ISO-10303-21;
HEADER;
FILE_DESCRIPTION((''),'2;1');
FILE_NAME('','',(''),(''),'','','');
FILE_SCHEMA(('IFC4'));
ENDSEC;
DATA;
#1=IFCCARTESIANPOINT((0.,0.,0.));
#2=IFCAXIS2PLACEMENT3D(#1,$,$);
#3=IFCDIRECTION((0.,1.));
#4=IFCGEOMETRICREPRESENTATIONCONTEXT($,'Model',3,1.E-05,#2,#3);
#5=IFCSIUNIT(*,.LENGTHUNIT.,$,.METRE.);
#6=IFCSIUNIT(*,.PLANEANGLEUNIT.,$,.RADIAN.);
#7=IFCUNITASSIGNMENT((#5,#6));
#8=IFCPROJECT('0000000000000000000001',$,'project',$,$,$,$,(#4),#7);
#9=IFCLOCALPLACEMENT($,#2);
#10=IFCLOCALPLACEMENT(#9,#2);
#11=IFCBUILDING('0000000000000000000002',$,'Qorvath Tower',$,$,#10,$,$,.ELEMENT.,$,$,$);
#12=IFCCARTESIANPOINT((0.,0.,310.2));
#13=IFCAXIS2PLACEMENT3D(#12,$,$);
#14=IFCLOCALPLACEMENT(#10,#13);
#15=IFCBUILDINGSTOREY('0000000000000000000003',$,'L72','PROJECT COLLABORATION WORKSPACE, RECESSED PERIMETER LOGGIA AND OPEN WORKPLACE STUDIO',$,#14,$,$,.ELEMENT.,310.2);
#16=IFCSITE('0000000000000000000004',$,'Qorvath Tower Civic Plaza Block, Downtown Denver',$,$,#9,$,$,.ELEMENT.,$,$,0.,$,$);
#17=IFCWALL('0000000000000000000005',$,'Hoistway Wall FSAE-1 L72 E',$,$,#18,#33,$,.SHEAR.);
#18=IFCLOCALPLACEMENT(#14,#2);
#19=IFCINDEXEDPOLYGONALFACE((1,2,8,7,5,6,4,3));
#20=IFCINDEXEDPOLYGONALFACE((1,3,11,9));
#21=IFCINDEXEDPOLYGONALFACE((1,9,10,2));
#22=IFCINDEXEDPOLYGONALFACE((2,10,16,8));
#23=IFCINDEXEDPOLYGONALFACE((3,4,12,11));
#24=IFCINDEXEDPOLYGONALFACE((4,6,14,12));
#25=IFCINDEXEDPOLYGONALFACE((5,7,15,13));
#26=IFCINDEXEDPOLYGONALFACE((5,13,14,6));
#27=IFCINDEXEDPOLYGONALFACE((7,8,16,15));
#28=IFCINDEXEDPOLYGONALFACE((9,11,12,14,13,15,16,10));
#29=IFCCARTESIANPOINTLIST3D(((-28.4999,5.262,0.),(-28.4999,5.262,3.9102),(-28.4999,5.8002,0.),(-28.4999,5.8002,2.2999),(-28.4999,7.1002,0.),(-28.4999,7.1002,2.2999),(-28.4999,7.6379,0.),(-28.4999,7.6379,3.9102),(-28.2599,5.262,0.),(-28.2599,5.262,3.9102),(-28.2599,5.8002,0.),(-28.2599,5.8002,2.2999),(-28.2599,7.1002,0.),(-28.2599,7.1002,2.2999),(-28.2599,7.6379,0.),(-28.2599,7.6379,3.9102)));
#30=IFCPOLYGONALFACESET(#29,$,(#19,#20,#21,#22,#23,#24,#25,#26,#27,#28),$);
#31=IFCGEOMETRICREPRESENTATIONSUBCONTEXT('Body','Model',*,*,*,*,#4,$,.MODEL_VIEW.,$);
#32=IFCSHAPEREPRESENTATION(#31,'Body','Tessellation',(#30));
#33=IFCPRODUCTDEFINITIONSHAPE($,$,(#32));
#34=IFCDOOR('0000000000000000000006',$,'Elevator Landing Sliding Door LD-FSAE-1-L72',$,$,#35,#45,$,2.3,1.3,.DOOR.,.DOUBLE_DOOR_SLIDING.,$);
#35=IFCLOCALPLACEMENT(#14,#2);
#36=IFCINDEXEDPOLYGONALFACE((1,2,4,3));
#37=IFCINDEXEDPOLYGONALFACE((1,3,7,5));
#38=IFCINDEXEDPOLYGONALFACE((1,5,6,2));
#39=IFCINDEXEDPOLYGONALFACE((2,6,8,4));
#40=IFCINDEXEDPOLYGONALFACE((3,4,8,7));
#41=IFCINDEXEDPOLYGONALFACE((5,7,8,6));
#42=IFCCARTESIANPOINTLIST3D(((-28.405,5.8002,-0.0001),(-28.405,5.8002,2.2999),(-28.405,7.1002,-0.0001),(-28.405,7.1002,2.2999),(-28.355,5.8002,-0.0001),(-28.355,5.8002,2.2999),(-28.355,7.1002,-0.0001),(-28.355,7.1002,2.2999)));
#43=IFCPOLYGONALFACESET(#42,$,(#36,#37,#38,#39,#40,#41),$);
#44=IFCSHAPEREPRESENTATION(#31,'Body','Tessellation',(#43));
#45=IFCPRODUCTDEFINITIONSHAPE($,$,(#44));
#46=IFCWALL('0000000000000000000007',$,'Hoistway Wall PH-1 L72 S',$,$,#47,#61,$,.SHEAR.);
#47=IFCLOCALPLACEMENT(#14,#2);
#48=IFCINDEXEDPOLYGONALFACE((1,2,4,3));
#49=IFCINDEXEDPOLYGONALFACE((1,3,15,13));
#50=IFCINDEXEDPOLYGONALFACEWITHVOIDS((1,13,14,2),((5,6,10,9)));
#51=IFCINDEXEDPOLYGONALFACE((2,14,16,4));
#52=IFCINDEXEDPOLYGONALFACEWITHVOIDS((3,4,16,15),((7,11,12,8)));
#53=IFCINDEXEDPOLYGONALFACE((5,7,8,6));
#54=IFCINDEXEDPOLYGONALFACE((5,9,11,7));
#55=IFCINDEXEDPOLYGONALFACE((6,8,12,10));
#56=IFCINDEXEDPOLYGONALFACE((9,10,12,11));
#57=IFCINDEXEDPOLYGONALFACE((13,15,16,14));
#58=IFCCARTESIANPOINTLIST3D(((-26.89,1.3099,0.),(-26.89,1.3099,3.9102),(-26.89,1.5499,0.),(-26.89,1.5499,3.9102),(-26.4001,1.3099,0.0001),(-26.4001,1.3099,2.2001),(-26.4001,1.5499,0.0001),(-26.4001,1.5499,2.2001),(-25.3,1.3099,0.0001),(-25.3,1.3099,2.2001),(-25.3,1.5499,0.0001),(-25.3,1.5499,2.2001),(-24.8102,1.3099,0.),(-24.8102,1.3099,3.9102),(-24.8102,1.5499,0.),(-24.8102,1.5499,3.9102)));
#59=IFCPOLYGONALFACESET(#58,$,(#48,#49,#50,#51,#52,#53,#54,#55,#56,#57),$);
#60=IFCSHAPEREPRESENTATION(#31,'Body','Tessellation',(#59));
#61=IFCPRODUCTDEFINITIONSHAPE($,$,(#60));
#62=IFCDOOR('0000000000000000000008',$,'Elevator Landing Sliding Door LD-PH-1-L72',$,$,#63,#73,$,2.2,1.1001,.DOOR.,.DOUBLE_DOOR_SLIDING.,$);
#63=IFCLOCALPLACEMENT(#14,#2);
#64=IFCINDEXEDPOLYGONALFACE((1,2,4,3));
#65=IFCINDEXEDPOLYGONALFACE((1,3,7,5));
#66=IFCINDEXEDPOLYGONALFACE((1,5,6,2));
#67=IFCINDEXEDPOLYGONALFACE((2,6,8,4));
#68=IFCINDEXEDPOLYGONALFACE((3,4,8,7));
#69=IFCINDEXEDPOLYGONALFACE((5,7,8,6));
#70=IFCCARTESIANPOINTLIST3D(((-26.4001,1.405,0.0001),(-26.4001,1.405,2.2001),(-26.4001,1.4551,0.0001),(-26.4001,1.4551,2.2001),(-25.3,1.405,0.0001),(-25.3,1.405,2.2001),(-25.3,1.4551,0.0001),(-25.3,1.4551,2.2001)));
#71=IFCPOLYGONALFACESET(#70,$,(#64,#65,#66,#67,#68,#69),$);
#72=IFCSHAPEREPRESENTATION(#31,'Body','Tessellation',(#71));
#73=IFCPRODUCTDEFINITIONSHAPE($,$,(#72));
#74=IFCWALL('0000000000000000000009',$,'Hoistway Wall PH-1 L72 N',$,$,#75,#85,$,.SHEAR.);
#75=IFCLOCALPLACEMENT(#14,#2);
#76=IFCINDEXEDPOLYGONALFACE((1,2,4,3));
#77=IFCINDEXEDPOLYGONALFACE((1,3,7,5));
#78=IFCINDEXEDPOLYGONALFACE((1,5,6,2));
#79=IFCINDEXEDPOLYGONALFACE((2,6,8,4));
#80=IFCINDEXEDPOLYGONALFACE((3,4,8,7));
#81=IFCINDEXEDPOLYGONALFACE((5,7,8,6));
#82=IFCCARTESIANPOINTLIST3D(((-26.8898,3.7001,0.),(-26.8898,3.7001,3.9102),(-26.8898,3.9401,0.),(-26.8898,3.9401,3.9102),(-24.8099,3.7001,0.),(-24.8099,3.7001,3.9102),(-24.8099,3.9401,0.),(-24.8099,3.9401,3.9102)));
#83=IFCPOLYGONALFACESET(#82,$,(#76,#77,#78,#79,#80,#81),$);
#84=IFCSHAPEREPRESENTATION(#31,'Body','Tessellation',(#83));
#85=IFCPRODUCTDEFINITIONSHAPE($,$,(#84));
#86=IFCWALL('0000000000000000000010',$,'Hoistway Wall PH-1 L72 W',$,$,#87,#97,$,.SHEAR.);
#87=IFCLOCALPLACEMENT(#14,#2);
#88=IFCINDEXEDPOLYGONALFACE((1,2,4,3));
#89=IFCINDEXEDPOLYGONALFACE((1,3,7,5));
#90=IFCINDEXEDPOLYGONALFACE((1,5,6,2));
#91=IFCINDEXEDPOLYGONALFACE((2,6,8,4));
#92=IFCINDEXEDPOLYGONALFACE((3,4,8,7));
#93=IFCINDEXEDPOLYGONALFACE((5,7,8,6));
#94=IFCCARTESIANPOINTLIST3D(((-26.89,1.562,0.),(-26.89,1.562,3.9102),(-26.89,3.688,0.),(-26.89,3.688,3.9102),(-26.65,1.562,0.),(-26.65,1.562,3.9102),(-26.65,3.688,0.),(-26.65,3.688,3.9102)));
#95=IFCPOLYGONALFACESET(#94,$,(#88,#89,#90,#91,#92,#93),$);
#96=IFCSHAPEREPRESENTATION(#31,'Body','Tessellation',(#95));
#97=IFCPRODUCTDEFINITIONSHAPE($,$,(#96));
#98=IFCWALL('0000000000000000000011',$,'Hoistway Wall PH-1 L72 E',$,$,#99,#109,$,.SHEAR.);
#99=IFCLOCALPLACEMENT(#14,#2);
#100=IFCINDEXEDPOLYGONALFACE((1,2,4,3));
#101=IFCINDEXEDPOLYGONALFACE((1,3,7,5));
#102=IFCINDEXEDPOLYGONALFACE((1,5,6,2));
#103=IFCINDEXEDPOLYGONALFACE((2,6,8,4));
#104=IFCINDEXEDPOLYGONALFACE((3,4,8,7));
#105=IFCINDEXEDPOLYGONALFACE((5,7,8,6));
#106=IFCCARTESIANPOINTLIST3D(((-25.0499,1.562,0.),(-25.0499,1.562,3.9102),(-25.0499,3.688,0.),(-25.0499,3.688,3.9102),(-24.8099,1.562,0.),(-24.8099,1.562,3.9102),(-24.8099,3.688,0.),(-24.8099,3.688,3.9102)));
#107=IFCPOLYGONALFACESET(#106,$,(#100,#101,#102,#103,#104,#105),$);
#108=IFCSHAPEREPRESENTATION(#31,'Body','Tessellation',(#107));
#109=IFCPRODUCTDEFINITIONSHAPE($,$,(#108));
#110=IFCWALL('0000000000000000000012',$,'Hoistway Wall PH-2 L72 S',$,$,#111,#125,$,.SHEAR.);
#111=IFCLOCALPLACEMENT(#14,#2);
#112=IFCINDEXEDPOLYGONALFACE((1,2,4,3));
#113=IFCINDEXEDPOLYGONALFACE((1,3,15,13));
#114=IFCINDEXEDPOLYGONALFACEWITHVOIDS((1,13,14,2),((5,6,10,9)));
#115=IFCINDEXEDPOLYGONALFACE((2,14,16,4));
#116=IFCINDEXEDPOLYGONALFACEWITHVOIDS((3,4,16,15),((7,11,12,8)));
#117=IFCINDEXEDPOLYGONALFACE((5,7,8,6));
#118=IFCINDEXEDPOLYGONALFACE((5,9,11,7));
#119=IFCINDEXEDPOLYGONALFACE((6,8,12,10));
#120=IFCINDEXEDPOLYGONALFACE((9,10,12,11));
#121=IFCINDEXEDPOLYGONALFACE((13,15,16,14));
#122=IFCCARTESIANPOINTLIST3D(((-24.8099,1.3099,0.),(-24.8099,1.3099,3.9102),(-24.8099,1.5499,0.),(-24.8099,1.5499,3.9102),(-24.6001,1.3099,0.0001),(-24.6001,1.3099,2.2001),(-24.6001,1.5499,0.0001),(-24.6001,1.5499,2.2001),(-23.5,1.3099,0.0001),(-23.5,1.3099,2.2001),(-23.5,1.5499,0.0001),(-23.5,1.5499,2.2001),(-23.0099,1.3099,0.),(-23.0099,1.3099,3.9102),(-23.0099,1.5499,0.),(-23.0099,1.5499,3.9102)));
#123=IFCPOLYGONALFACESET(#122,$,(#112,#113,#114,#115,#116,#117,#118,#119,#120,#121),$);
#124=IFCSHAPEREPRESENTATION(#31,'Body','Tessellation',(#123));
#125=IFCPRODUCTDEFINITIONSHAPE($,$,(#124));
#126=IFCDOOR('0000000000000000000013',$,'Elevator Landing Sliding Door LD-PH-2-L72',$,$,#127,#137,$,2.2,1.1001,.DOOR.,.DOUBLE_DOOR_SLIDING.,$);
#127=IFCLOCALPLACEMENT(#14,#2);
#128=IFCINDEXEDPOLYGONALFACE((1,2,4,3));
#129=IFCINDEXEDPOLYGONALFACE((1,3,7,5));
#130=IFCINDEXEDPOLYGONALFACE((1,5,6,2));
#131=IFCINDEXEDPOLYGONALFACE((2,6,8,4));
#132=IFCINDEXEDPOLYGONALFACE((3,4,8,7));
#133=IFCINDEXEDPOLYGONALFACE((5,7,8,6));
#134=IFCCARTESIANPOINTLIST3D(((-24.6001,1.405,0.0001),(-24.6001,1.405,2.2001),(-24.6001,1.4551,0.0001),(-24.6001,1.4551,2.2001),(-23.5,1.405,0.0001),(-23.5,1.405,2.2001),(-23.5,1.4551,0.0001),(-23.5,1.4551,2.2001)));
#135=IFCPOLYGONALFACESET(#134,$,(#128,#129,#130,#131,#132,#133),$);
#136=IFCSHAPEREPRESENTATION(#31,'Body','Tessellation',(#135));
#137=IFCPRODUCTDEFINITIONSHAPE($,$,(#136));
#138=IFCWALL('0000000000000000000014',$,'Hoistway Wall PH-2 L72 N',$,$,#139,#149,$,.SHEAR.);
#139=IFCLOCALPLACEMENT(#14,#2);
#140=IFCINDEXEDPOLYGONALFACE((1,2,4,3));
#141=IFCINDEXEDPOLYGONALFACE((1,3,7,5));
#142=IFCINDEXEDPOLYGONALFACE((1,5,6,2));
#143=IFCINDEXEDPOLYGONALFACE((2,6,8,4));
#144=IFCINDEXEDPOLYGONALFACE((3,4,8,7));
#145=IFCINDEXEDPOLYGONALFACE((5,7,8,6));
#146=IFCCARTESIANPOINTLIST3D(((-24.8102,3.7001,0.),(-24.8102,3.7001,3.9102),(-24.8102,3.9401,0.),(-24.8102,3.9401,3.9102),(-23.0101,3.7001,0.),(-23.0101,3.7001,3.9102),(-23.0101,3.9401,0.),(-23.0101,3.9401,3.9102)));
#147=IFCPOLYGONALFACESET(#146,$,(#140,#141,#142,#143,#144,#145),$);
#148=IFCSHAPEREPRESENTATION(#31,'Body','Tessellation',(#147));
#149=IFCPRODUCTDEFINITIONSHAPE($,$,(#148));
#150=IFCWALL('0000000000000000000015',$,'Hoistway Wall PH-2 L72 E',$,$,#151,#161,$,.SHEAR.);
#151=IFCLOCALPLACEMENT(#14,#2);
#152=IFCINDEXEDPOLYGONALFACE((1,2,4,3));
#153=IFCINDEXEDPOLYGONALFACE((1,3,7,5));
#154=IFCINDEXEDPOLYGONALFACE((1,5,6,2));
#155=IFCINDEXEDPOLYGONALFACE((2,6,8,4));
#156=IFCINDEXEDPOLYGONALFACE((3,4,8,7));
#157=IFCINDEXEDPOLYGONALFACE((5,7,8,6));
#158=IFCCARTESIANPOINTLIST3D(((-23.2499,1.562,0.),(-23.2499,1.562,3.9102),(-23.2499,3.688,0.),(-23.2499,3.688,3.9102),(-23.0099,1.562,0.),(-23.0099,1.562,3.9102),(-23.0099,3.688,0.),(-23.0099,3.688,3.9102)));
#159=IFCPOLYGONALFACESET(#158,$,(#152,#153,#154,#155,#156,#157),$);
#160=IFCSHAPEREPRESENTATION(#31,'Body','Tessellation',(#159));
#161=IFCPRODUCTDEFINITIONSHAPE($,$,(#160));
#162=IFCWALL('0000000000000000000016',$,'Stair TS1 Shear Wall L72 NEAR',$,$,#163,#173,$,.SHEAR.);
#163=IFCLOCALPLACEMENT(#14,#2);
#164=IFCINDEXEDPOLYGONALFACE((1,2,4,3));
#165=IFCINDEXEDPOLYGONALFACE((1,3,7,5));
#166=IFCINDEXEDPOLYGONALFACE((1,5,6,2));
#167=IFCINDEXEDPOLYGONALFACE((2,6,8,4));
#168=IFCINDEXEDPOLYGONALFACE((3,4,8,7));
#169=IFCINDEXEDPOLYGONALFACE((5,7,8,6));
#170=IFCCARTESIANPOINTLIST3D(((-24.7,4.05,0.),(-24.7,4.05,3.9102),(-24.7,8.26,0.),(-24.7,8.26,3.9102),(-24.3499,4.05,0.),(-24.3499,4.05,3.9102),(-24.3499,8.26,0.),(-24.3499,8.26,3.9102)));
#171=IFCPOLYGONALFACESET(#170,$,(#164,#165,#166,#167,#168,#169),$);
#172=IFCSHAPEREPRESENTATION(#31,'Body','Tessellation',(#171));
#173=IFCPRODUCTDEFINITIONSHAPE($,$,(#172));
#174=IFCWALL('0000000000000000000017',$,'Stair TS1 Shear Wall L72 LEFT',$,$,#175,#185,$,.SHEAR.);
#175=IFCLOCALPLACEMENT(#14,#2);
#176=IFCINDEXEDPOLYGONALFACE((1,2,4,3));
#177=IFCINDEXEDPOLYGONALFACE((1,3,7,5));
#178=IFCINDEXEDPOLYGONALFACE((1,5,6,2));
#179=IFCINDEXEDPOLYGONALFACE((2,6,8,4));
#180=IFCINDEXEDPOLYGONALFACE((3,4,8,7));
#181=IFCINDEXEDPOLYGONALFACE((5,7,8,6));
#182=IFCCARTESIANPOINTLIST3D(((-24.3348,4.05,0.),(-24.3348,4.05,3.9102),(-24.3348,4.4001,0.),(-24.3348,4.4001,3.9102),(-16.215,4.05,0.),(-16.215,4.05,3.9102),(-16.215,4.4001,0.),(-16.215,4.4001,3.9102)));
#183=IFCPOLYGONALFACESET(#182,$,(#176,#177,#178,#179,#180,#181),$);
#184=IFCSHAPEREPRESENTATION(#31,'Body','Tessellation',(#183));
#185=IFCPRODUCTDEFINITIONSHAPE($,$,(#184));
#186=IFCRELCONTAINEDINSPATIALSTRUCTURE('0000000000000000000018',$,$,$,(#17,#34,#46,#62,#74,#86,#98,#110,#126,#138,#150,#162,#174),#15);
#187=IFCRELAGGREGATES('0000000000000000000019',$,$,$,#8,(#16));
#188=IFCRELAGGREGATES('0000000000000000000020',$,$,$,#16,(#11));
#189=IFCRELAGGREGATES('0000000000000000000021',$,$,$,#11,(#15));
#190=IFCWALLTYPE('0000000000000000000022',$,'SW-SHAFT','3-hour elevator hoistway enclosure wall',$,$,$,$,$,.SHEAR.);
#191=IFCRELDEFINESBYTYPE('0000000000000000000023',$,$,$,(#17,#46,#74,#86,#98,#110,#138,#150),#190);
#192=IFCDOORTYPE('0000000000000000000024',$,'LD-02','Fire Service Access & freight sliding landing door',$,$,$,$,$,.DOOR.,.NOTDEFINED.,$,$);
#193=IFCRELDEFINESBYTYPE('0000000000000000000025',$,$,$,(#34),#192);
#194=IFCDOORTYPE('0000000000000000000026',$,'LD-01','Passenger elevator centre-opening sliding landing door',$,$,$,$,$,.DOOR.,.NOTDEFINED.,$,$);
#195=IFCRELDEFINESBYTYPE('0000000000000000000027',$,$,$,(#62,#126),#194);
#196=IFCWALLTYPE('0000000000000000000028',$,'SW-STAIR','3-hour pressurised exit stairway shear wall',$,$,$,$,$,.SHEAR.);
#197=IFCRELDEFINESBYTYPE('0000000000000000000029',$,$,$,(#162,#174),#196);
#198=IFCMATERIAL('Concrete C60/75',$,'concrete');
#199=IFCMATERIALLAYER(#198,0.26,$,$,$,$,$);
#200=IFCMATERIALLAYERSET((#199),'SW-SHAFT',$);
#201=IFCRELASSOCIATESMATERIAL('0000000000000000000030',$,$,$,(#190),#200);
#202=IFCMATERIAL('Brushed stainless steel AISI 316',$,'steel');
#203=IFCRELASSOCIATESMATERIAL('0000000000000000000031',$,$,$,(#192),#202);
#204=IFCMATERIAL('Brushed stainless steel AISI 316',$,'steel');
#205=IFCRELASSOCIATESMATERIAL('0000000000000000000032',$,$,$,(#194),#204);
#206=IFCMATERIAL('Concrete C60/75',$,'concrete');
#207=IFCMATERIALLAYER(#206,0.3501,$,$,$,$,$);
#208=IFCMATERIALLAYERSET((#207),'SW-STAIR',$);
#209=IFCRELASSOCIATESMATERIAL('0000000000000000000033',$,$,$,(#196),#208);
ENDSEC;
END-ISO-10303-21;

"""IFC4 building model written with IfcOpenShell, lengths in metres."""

from ifc_helpers import new_model, si_unit, direction, frame, frame_2d, origin, place, context, subcontext, project, spatial, rectangle, extrude, material, layer, layer_set, type_object, element, fill, save


model = new_model("IFC4")

# Units and contexts
model_context = context("Model", 3, precision=1e-05, world=origin(), true_north=direction((0.0, 1.0)))
body_context = subcontext(model_context, "Body", "Model", "MODEL_VIEW")
ifc_project = project(units=[si_unit("LENGTHUNIT", "METRE"), si_unit("PLANEANGLEUNIT", "RADIAN")], contexts=[model_context])

# Site, building, storey
site_placement = place(None, origin())
site = spatial("IfcSite", under=ifc_project, at=site_placement, Name="Qorvath Tower Civic Plaza Block, Downtown Denver", CompositionType="ELEMENT", RefElevation=0.0)
building_placement = place(site_placement, origin())
building = spatial("IfcBuilding", under=site, at=building_placement, Name="Qorvath Tower", CompositionType="ELEMENT")
storey_placement = place(building_placement, frame((0.0, 0.0, 310.2)))
storey = spatial("IfcBuildingStorey", under=building, at=storey_placement, Name="L72", Description="PROJECT COLLABORATION WORKSPACE, RECESSED PERIMETER LOGGIA AND OPEN WORKPLACE STUDIO", CompositionType="ELEMENT", Elevation=310.2)

# Shared definitions
ifc_material_1 = material(Name="Concrete C60/75", Category="concrete")
ifc_layer_1 = layer(ifc_material_1, 0.26)
ifc_layer_set_1 = layer_set([ifc_layer_1], Name="SW-SHAFT")
wall_type_1 = type_object("IfcWallType", Name="SW-SHAFT", Description="3-hour elevator hoistway enclosure wall", PredefinedType="SHEAR", material=ifc_layer_set_1)

# Walls, openings, doors
wall_1_placement = place(storey_placement, frame((-28.3799, 7.6379, 0.0), z_axis=(0.0, 0.0, 1.0), x_axis=(0.0, -1.0, 0.0)))
wall_1 = element("IfcWall", 1, at=wall_1_placement, inside=storey, type_object=wall_type_1, Name="Hoistway Wall FSAE-1 L72 E", PredefinedType="SHEAR", context=body_context, shape_type="SweptSolid", body=[
    extrude(rectangle(XDim=2.376, YDim=0.24, at=frame_2d((1.188, 0.0))), origin(), (0.0, 0.0, 1.0), 3.9102),
])
opening_1_placement = place(wall_1_placement, frame((0.5378, 0.0, 0.0)))
opening_1 = element("IfcOpeningElement", 2, at=opening_1_placement, cuts=wall_1, PredefinedType="OPENING", context=body_context, shape_type="SweptSolid", body=[
    extrude(rectangle(XDim=1.3, YDim=2.3, at=frame_2d((0.6499, 1.1499))), frame((0.0, 0.1299, 0.0), z_axis=(0.0, -1.0, 0.0), x_axis=(1.0, 0.0, 0.0)), (0.0, 0.0, 1.0), 0.26),
])
ifc_material_2 = material(Name="Brushed stainless steel AISI 316", Category="steel")
door_type_1 = type_object("IfcDoorType", Name="LD-02", Description="Fire Service Access & freight sliding landing door", OperationType="NOTDEFINED", PredefinedType="DOOR", material=ifc_material_2)
door_1_placement = place(opening_1_placement, origin())
door_1 = element("IfcDoor", 3, at=door_1_placement, inside=storey, type_object=door_type_1, Name="Elevator Landing Sliding Door LD-FSAE-1-L72", OperationType="DOUBLE_DOOR_SLIDING", OverallHeight=2.3, OverallWidth=1.3, PredefinedType="DOOR", context=body_context, shape_type="SweptSolid", body=[
    extrude(rectangle(XDim=1.3, YDim=2.3, at=frame_2d((0.6499, 1.1499))), frame((0.0, 0.0249, 0.0), z_axis=(0.0, -1.0, 0.0), x_axis=(1.0, 0.0, 0.0)), (0.0, 0.0, 1.0), 0.05),
])
fill(opening_1, door_1)
wall_2_placement = place(storey_placement, frame((-24.8101, 1.4299, 0.0), z_axis=(0.0, 0.0, 1.0), x_axis=(-1.0, 0.0, 0.0)))
wall_2 = element("IfcWall", 4, at=wall_2_placement, inside=storey, type_object=wall_type_1, Name="Hoistway Wall PH-1 L72 S", PredefinedType="SHEAR", context=body_context, shape_type="SweptSolid", body=[
    extrude(rectangle(XDim=2.0798, YDim=0.24, at=frame_2d((1.04, 0.0))), origin(), (0.0, 0.0, 1.0), 3.9102),
])
opening_2_placement = place(wall_2_placement, frame((0.49, 0.0, 0.0)))
opening_2 = element("IfcOpeningElement", 5, at=opening_2_placement, cuts=wall_2, PredefinedType="OPENING", context=body_context, shape_type="SweptSolid", body=[
    extrude(rectangle(XDim=1.1001, YDim=2.2, at=frame_2d((0.55, 1.1001))), frame((0.0, 0.1299, 0.0), z_axis=(0.0, -1.0, 0.0), x_axis=(1.0, 0.0, 0.0)), (0.0, 0.0, 1.0), 0.26),
])
ifc_material_3 = material(Name="Brushed stainless steel AISI 316", Category="steel")
door_type_2 = type_object("IfcDoorType", Name="LD-01", Description="Passenger elevator centre-opening sliding landing door", OperationType="NOTDEFINED", PredefinedType="DOOR", material=ifc_material_3)
door_2_placement = place(opening_2_placement, origin())
door_2 = element("IfcDoor", 6, at=door_2_placement, inside=storey, type_object=door_type_2, Name="Elevator Landing Sliding Door LD-PH-1-L72", OperationType="DOUBLE_DOOR_SLIDING", OverallHeight=2.2, OverallWidth=1.1001, PredefinedType="DOOR", context=body_context, shape_type="SweptSolid", body=[
    extrude(rectangle(XDim=1.1001, YDim=2.2, at=frame_2d((0.55, 1.1001))), frame((0.0, 0.0249, 0.0), z_axis=(0.0, -1.0, 0.0), x_axis=(1.0, 0.0, 0.0)), (0.0, 0.0, 1.0), 0.05),
])
fill(opening_2, door_2)

# Walls
wall_3_placement = place(storey_placement, frame((-26.8899, 3.8201, 0.0), z_axis=(0.0, 0.0, 1.0), x_axis=(1.0, 0.0, 0.0)))
element("IfcWall", 7, at=wall_3_placement, inside=storey, type_object=wall_type_1, Name="Hoistway Wall PH-1 L72 N", PredefinedType="SHEAR", context=body_context, shape_type="SweptSolid", body=[
    extrude(rectangle(XDim=2.0798, YDim=0.24, at=frame_2d((1.04, 0.0))), origin(), (0.0, 0.0, 1.0), 3.9102),
])
for number, where, z_axis, x_axis, name in (
    (8, (-26.77, 1.562, 0.0), (0.0, 0.0, 1.0), (0.0, 1.0, 0.0), "Hoistway Wall PH-1 L72 W"),
    (9, (-24.9299, 3.688, 0.0), (0.0, 0.0, 1.0), (0.0, -1.0, 0.0), "Hoistway Wall PH-1 L72 E"),
):
    element("IfcWall", number, at=place(storey_placement, frame(where, z_axis=z_axis, x_axis=x_axis)), inside=storey, type_object=wall_type_1, Name=name, PredefinedType="SHEAR", context=body_context, shape_type="SweptSolid", body=[
        extrude(rectangle(XDim=2.126, YDim=0.24, at=frame_2d((1.063, 0.0))), origin(), (0.0, 0.0, 1.0), 3.9102),
    ])

# Wall, opening, door
wall_4_placement = place(storey_placement, frame((-23.01, 1.4299, 0.0), z_axis=(0.0, 0.0, 1.0), x_axis=(-1.0, 0.0, 0.0)))
wall_4 = element("IfcWall", 10, at=wall_4_placement, inside=storey, type_object=wall_type_1, Name="Hoistway Wall PH-2 L72 S", PredefinedType="SHEAR", context=body_context, shape_type="SweptSolid", body=[
    extrude(rectangle(XDim=1.8, YDim=0.24, at=frame_2d((0.8999, 0.0))), origin(), (0.0, 0.0, 1.0), 3.9102),
])
opening_3_placement = place(wall_4_placement, frame((0.49, 0.0, 0.0)))
opening_3 = element("IfcOpeningElement", 11, at=opening_3_placement, cuts=wall_4, PredefinedType="OPENING", context=body_context, shape_type="SweptSolid", body=[
    extrude(rectangle(XDim=1.1001, YDim=2.2, at=frame_2d((0.55, 1.1001))), frame((0.0, 0.1299, 0.0), z_axis=(0.0, -1.0, 0.0), x_axis=(1.0, 0.0, 0.0)), (0.0, 0.0, 1.0), 0.26),
])
door_3_placement = place(opening_3_placement, origin())
door_3 = element("IfcDoor", 12, at=door_3_placement, inside=storey, type_object=door_type_2, Name="Elevator Landing Sliding Door LD-PH-2-L72", OperationType="DOUBLE_DOOR_SLIDING", OverallHeight=2.2, OverallWidth=1.1001, PredefinedType="DOOR", context=body_context, shape_type="SweptSolid", body=[
    extrude(rectangle(XDim=1.1001, YDim=2.2, at=frame_2d((0.55, 1.1001))), frame((0.0, 0.0249, 0.0), z_axis=(0.0, -1.0, 0.0), x_axis=(1.0, 0.0, 0.0)), (0.0, 0.0, 1.0), 0.05),
])
fill(opening_3, door_3)

# Walls
wall_5_placement = place(storey_placement, frame((-24.8101, 3.8201, 0.0), z_axis=(0.0, 0.0, 1.0), x_axis=(1.0, 0.0, 0.0)))
element("IfcWall", 13, at=wall_5_placement, inside=storey, type_object=wall_type_1, Name="Hoistway Wall PH-2 L72 N", PredefinedType="SHEAR", context=body_context, shape_type="SweptSolid", body=[
    extrude(rectangle(XDim=1.8, YDim=0.24, at=frame_2d((0.8999, 0.0))), origin(), (0.0, 0.0, 1.0), 3.9102),
])
wall_6_placement = place(storey_placement, frame((-23.1299, 3.688, 0.0), z_axis=(0.0, 0.0, 1.0), x_axis=(0.0, -1.0, 0.0)))
element("IfcWall", 14, at=wall_6_placement, inside=storey, type_object=wall_type_1, Name="Hoistway Wall PH-2 L72 E", PredefinedType="SHEAR", context=body_context, shape_type="SweptSolid", body=[
    extrude(rectangle(XDim=2.126, YDim=0.24, at=frame_2d((1.063, 0.0))), origin(), (0.0, 0.0, 1.0), 3.9102),
])
ifc_material_4 = material(Name="Concrete C60/75", Category="concrete")
ifc_layer_2 = layer(ifc_material_4, 0.3501)
ifc_layer_set_2 = layer_set([ifc_layer_2], Name="SW-STAIR")
wall_type_2 = type_object("IfcWallType", Name="SW-STAIR", Description="3-hour pressurised exit stairway shear wall", PredefinedType="SHEAR", material=ifc_layer_set_2)
wall_7_placement = place(storey_placement, frame((-24.5249, 8.26, 0.0), z_axis=(0.0, 0.0, 1.0), x_axis=(0.0, -1.0, 0.0)))
element("IfcWall", 15, at=wall_7_placement, inside=storey, type_object=wall_type_2, Name="Stair TS1 Shear Wall L72 NEAR", PredefinedType="SHEAR", context=body_context, shape_type="SweptSolid", body=[
    extrude(rectangle(XDim=4.21, YDim=0.3501, at=frame_2d((2.105, 0.0))), origin(), (0.0, 0.0, 1.0), 3.9102),
])
wall_8_placement = place(storey_placement, frame((-24.335, 4.2251, 0.0), z_axis=(0.0, 0.0, 1.0), x_axis=(1.0, 0.0, 0.0)))
element("IfcWall", 16, at=wall_8_placement, inside=storey, type_object=wall_type_2, Name="Stair TS1 Shear Wall L72 LEFT", PredefinedType="SHEAR", context=body_context, shape_type="SweptSolid", body=[
    extrude(rectangle(XDim=8.1199, YDim=0.3501, at=frame_2d((4.0601, 0.0))), origin(), (0.0, 0.0, 1.0), 3.9102),
])

save(model, "model.ifc")
